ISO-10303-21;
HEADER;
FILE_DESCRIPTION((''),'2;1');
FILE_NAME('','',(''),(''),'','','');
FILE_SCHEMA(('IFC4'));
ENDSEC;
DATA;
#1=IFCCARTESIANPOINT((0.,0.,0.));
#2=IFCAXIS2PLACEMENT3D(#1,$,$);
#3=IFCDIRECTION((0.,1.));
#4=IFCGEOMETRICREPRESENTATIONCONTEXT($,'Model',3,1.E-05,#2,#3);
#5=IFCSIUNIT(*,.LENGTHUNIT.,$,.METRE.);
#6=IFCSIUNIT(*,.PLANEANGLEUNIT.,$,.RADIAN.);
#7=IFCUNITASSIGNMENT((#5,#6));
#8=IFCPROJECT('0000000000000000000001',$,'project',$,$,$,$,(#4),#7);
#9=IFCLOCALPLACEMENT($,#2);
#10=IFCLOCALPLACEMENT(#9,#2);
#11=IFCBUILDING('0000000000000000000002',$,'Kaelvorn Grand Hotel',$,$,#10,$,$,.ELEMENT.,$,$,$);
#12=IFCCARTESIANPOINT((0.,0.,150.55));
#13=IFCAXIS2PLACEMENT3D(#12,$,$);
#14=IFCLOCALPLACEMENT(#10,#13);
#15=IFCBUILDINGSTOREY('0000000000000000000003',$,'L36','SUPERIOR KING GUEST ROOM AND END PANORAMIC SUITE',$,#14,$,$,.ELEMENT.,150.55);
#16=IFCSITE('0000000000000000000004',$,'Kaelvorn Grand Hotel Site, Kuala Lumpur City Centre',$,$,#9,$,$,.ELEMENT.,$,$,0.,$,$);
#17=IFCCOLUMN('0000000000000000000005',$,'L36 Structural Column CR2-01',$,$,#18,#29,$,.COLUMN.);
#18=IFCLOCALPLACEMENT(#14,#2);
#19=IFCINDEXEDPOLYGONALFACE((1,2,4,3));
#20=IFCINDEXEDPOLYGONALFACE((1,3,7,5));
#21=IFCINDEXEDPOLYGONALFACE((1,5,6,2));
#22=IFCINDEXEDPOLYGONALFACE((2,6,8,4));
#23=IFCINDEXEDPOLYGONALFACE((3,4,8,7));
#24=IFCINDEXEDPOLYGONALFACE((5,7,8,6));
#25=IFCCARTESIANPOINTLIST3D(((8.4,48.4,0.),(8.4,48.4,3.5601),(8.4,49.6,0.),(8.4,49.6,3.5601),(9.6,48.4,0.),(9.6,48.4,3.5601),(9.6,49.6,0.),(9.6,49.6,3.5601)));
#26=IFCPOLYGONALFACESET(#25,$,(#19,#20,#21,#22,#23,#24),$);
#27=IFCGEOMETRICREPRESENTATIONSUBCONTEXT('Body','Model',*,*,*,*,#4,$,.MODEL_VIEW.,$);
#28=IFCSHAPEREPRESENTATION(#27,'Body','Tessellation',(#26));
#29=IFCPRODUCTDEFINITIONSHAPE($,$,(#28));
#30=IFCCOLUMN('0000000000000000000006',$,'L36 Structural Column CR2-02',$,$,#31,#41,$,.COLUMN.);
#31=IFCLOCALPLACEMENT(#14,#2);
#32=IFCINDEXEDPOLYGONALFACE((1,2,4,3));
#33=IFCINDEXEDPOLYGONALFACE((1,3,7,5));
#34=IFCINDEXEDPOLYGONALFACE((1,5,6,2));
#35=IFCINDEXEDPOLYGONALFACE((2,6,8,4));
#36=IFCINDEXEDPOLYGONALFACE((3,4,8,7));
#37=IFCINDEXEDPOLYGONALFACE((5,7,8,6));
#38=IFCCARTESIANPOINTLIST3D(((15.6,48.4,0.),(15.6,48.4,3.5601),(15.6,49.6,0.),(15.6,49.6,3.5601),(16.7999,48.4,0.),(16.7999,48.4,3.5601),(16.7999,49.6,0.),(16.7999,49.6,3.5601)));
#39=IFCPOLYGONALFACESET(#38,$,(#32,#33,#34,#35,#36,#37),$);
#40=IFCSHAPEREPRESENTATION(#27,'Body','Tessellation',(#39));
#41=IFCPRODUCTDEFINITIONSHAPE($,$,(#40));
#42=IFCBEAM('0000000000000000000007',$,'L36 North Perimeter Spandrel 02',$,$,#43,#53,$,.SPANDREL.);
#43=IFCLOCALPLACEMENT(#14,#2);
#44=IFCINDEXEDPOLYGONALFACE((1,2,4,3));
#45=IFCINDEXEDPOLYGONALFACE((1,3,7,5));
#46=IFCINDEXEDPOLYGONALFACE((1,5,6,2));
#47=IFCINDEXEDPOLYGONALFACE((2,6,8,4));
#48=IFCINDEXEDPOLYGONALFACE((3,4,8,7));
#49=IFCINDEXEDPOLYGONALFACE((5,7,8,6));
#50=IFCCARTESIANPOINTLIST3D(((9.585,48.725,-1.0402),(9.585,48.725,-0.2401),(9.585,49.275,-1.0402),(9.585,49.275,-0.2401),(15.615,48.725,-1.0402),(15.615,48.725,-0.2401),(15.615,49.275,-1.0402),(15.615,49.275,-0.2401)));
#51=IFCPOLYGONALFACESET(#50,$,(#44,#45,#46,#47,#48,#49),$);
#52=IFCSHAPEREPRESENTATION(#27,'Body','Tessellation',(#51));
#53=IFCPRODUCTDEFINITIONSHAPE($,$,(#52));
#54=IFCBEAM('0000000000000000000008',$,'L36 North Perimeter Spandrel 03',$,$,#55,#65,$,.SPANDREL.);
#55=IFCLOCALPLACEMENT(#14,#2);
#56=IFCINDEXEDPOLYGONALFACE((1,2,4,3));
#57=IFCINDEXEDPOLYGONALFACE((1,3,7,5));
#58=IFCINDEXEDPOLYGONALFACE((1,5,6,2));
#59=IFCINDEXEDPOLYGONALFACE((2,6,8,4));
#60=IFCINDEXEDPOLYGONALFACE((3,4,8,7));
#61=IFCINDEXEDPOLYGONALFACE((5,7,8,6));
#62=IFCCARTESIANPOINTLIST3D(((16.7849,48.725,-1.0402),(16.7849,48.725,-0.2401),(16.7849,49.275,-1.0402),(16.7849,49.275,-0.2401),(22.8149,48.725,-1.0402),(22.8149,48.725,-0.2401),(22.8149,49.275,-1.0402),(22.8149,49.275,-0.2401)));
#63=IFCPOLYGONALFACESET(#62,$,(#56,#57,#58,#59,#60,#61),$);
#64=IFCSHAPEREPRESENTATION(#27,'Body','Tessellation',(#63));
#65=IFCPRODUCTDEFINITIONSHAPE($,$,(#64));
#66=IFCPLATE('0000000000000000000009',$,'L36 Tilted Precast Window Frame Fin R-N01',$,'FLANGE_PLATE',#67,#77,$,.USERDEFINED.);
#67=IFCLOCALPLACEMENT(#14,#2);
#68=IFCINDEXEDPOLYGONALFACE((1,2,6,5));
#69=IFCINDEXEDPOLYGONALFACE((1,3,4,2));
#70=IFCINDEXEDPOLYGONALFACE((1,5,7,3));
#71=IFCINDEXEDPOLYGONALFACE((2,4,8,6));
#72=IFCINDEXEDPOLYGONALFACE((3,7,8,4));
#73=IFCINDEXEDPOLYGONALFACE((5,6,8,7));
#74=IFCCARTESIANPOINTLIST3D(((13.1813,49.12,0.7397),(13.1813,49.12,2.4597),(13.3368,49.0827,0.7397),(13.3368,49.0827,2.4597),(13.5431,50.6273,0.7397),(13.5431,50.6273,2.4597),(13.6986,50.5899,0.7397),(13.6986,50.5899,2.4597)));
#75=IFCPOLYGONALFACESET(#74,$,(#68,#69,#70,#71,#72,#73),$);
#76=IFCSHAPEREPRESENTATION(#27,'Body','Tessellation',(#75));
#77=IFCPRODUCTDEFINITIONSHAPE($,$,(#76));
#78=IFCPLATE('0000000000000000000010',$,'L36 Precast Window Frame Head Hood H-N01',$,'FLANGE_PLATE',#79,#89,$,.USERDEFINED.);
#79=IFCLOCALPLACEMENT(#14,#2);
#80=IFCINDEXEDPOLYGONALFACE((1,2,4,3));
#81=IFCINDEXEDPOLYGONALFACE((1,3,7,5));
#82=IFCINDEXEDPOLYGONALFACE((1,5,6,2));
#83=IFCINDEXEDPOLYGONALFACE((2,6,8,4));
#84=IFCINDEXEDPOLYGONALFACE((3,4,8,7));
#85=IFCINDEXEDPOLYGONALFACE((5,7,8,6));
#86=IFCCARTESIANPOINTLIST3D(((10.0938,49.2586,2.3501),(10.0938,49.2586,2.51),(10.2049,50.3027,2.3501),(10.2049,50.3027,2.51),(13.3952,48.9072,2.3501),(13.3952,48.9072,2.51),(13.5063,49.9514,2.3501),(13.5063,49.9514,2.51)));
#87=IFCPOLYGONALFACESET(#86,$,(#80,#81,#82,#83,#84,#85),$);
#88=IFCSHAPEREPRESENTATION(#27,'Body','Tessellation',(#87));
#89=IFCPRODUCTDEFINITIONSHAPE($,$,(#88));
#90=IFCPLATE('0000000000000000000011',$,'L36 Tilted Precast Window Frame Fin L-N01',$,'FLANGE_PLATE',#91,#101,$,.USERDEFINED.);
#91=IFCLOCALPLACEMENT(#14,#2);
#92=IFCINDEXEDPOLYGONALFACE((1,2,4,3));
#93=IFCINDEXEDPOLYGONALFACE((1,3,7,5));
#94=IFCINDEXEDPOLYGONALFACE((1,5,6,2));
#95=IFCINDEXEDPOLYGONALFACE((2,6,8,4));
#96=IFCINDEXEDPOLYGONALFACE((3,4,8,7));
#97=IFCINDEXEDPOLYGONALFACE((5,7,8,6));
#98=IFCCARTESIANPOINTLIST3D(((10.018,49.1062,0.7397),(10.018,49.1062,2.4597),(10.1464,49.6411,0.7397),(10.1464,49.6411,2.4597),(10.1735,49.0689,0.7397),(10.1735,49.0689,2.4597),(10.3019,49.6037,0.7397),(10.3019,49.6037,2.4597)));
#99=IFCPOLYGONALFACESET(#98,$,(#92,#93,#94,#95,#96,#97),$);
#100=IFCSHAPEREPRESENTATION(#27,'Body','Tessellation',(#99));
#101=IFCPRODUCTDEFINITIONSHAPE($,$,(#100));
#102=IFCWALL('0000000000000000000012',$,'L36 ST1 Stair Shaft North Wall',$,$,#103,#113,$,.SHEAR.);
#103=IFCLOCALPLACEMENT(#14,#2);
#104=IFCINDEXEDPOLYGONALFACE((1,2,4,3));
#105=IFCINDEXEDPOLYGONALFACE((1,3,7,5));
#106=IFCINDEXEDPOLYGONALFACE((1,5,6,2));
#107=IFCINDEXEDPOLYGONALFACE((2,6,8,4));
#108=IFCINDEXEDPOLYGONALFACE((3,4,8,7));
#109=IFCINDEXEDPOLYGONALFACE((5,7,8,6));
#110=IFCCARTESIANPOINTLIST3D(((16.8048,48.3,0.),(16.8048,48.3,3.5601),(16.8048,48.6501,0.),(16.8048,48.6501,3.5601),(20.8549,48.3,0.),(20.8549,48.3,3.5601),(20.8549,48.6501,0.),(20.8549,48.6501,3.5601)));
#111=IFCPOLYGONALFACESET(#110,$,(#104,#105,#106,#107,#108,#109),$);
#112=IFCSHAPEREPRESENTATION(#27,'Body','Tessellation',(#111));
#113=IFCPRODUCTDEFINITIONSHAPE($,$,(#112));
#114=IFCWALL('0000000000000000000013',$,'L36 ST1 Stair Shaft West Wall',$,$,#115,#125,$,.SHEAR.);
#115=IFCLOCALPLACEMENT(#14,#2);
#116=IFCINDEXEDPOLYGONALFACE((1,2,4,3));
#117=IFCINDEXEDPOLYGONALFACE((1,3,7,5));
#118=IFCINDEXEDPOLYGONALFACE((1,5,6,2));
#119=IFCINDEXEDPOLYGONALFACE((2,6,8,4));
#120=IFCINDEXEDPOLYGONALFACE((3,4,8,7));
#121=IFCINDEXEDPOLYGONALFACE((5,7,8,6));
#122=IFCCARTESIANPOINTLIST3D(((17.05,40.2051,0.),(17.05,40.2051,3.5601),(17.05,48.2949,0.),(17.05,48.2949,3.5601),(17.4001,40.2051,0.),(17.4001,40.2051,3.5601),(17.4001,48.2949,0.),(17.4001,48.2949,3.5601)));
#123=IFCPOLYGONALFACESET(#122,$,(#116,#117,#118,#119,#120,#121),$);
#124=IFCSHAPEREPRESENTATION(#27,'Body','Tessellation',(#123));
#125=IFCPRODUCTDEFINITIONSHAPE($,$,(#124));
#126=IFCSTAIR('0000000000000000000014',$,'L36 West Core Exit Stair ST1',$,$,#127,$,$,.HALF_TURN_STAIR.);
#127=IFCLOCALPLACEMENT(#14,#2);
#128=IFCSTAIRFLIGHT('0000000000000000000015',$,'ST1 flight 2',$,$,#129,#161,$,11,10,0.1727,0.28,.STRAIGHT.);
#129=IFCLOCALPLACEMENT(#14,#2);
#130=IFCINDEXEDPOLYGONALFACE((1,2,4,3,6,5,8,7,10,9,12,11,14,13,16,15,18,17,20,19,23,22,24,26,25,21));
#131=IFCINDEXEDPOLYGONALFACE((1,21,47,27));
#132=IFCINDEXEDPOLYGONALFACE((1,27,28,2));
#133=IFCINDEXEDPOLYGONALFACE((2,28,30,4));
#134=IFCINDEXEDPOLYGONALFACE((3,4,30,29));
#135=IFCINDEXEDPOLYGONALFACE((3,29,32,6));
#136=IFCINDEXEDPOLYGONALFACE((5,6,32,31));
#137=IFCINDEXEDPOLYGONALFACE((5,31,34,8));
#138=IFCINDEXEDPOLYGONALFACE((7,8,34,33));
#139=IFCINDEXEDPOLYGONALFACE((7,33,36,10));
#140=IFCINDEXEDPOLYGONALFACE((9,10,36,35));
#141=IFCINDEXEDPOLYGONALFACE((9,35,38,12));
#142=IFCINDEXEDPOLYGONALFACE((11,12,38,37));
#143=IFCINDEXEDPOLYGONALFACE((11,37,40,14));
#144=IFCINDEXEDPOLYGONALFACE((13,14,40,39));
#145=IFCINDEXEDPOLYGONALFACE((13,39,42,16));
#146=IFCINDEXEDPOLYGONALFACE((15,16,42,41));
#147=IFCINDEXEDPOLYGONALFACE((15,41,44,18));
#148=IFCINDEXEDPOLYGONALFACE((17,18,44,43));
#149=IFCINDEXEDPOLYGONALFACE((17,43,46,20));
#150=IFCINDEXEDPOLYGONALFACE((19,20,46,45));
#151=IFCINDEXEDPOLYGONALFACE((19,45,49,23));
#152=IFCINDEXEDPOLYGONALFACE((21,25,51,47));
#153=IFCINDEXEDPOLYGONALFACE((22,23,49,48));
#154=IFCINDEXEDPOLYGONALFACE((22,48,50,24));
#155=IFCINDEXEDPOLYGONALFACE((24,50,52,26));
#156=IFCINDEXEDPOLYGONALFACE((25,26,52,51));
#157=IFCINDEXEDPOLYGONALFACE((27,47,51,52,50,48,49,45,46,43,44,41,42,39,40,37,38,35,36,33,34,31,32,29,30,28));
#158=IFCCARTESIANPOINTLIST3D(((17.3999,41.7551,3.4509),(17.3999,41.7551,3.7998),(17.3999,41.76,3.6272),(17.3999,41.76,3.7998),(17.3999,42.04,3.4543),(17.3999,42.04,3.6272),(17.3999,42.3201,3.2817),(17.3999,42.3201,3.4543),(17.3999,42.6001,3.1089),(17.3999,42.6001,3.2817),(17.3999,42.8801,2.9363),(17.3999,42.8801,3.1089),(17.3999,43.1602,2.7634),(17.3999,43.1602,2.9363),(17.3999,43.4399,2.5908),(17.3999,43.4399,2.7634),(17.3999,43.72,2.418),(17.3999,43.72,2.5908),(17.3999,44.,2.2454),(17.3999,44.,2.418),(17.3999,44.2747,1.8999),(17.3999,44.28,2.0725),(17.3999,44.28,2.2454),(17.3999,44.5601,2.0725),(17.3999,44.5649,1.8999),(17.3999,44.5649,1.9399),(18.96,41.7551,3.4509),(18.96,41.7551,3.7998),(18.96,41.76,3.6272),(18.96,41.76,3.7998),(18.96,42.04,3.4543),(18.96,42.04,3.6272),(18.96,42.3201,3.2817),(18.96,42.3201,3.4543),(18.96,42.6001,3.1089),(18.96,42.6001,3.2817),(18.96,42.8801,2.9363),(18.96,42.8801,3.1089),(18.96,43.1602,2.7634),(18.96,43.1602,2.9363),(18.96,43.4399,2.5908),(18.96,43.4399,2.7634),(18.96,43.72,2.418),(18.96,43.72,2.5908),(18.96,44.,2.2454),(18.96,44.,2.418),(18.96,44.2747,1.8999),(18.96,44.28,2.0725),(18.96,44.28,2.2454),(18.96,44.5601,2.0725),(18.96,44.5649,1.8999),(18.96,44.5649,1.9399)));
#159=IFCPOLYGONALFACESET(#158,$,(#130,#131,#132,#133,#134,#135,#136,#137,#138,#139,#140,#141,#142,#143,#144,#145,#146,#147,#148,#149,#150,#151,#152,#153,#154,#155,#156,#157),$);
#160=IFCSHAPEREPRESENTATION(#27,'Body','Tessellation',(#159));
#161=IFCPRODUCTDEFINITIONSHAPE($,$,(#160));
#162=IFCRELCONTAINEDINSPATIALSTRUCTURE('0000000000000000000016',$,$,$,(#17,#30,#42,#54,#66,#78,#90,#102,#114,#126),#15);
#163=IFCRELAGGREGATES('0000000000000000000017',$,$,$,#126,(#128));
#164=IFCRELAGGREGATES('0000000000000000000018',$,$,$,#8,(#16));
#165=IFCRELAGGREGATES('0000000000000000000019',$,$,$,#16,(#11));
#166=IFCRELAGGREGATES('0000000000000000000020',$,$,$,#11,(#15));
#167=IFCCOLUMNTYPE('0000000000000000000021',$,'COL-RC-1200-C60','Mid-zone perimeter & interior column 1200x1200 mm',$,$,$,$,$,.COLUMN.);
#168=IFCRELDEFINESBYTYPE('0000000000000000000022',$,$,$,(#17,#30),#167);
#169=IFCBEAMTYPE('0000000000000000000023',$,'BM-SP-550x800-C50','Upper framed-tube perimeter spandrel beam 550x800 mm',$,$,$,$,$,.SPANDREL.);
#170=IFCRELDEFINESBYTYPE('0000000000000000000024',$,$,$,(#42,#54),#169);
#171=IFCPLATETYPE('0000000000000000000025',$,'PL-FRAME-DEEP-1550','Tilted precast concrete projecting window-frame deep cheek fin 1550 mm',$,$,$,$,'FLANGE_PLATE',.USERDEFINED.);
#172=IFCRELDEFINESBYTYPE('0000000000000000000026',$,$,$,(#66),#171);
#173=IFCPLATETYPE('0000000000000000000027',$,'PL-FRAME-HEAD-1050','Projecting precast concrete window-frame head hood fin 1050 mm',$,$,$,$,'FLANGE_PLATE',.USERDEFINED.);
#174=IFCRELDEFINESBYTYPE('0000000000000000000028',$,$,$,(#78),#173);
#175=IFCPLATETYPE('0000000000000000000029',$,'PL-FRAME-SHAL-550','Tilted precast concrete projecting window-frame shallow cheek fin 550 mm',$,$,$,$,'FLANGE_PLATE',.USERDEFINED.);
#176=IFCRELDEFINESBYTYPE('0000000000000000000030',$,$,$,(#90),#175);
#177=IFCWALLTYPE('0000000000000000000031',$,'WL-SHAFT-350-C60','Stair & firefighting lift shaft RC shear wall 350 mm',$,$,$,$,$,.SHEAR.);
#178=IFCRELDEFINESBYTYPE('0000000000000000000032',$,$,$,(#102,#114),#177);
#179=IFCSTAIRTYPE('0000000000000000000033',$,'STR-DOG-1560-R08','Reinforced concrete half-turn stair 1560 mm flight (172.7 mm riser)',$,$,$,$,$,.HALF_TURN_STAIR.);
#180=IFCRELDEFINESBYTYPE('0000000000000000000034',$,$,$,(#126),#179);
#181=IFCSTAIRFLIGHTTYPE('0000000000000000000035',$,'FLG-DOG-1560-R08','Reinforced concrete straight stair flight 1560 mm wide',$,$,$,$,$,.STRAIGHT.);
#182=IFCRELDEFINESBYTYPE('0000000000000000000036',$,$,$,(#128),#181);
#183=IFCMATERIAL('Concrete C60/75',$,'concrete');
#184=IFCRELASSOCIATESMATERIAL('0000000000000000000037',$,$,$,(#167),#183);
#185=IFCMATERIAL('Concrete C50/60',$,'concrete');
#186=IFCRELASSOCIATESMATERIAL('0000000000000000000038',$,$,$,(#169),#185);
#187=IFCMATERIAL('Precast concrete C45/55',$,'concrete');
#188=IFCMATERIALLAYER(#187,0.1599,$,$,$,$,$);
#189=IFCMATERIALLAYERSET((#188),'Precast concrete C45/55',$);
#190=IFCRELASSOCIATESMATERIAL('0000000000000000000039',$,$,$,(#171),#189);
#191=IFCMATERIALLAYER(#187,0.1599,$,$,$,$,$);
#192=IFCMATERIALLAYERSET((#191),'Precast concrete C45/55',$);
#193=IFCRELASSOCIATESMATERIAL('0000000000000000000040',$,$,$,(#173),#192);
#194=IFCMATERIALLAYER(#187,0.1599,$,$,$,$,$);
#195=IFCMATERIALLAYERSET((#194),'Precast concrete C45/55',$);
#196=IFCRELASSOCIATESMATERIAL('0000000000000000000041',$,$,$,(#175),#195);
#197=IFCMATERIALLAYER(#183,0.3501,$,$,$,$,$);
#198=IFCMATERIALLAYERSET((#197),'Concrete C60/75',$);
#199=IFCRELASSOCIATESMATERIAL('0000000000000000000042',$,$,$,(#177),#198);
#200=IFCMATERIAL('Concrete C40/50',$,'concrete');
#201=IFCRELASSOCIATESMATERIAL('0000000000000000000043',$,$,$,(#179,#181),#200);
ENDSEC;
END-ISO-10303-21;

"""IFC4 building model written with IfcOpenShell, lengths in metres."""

from ifc_helpers import new_model, si_unit, direction, frame, frame_2d, origin, origin_2d, place, context, subcontext, project, spatial, polyline, rectangle, outline, extrude, material, layer, layer_set, material_profile, profile_set, type_object, element, aggregate, save


model = new_model("IFC4")

# Units and contexts
model_context = context("Model", 3, precision=1e-05, world=origin(), true_north=direction((0.0, 1.0)))
body_context = subcontext(model_context, "Body", "Model", "MODEL_VIEW")
ifc_project = project(units=[si_unit("LENGTHUNIT", "METRE"), si_unit("PLANEANGLEUNIT", "RADIAN")], contexts=[model_context])

# Site, building, storey
site_placement = place(None, origin())
site = spatial("IfcSite", under=ifc_project, at=site_placement, Name="Kaelvorn Grand Hotel Site, Kuala Lumpur City Centre", CompositionType="ELEMENT", RefElevation=0.0)
building_placement = place(site_placement, origin())
building = spatial("IfcBuilding", under=site, at=building_placement, Name="Kaelvorn Grand Hotel", CompositionType="ELEMENT")
storey_placement = place(building_placement, frame((0.0, 0.0, 150.55)))
storey = spatial("IfcBuildingStorey", under=building, at=storey_placement, Name="L36", Description="SUPERIOR KING GUEST ROOM AND END PANORAMIC SUITE", CompositionType="ELEMENT", Elevation=150.55)

# Columns
ifc_material_1 = material(Name="Concrete C60/75", Category="concrete")
ifc_material_profile_1 = material_profile(ifc_material_1, rectangle(XDim=1.2, YDim=1.2, at=origin_2d()), Name="RC COL 1200x1200")
ifc_profile_set_1 = profile_set([ifc_material_profile_1], Name="Concrete C60/75")
column_type = type_object("IfcColumnType", Name="COL-RC-1200-C60", Description="Mid-zone perimeter & interior column 1200x1200 mm", PredefinedType="COLUMN", material=ifc_profile_set_1)
for number, where, z_axis, x_axis, name in (
    (1, (9.0, 49.0, 0.0), (0.0, 0.0, 1.0), (1.0, 0.0, 0.0), "L36 Structural Column CR2-01"),
    (2, (16.2, 49.0, 0.0), (0.0, 0.0, 1.0), (1.0, 0.0, 0.0), "L36 Structural Column CR2-02"),
):
    element("IfcColumn", number, at=place(storey_placement, frame(where, z_axis=z_axis, x_axis=x_axis)), inside=storey, type_object=column_type, Name=name, PredefinedType="COLUMN", context=body_context, shape_type="SweptSolid", body=[
        extrude(rectangle(XDim=1.2, YDim=1.2, at=origin_2d()), origin(), (0.0, 0.0, 1.0), 3.5601),
    ])

# Beams
ifc_material_2 = material(Name="Concrete C50/60", Category="concrete")
ifc_material_profile_2 = material_profile(ifc_material_2, rectangle(XDim=0.55, YDim=0.8, at=origin_2d()), Name="RC SPANDREL 550x800")
ifc_profile_set_2 = profile_set([ifc_material_profile_2], Name="Concrete C50/60")
beam_type = type_object("IfcBeamType", Name="BM-SP-550x800-C50", Description="Upper framed-tube perimeter spandrel beam 550x800 mm", PredefinedType="SPANDREL", material=ifc_profile_set_2)
for number, where, z_axis, x_axis, name in (
    (3, (9.585, 49.0, -0.6401), (1.0, 0.0, 0.0), (0.0, 1.0, 0.0), "L36 North Perimeter Spandrel 02"),
    (4, (16.7849, 49.0, -0.6401), (1.0, 0.0, 0.0), (0.0, 1.0, 0.0), "L36 North Perimeter Spandrel 03"),
):
    element("IfcBeam", number, at=place(storey_placement, frame(where, z_axis=z_axis, x_axis=x_axis)), inside=storey, type_object=beam_type, Name=name, PredefinedType="SPANDREL", context=body_context, shape_type="SweptSolid", body=[
        extrude(rectangle(XDim=0.55, YDim=0.8, at=origin_2d()), origin(), (0.0, 0.0, 1.0), 6.03),
    ])

# Plates
ifc_material_3 = material(Name="Precast concrete C45/55", Category="concrete")
ifc_layer_1 = layer(ifc_material_3, 0.1599)
ifc_layer_set_1 = layer_set([ifc_layer_1], Name="Precast concrete C45/55")
plate_type_1 = type_object("IfcPlateType", Name="PL-FRAME-DEEP-1550", Description="Tilted precast concrete projecting window-frame deep cheek fin 1550 mm", ElementType="FLANGE_PLATE", PredefinedType="USERDEFINED", material=ifc_layer_set_1)
plate_1_placement = place(storey_placement, frame((13.4399, 49.855, 0.7397), z_axis=(0.0, 0.0, 1.0), x_axis=(0.97237, -0.233445, 0.0)))
element("IfcPlate", 5, at=plate_1_placement, inside=storey, type_object=plate_type_1, Name="L36 Tilted Precast Window Frame Fin R-N01", ObjectType="FLANGE_PLATE", PredefinedType="USERDEFINED", context=body_context, shape_type="SweptSolid", body=[
    extrude(rectangle(XDim=0.1599, YDim=1.55, at=origin_2d()), origin(), (0.0, 0.0, 1.0), 1.72),
])
ifc_layer_2 = layer(ifc_material_3, 0.1599)
ifc_layer_set_2 = layer_set([ifc_layer_2], Name="Precast concrete C45/55")
plate_type_2 = type_object("IfcPlateType", Name="PL-FRAME-HEAD-1050", Description="Projecting precast concrete window-frame head hood fin 1050 mm", ElementType="FLANGE_PLATE", PredefinedType="USERDEFINED", material=ifc_layer_set_2)
plate_2_placement = place(storey_placement, frame((11.8, 49.605, 2.3501), z_axis=(0.0, 0.0, 1.0), x_axis=(0.994384, -0.10583, 0.0)))
element("IfcPlate", 6, at=plate_2_placement, inside=storey, type_object=plate_type_2, Name="L36 Precast Window Frame Head Hood H-N01", ObjectType="FLANGE_PLATE", PredefinedType="USERDEFINED", context=body_context, shape_type="SweptSolid", body=[
    extrude(rectangle(XDim=3.3201, YDim=1.05, at=origin_2d()), origin(), (0.0, 0.0, 1.0), 0.1599),
])
ifc_layer_3 = layer(ifc_material_3, 0.1599)
ifc_layer_set_3 = layer_set([ifc_layer_3], Name="Precast concrete C45/55")
plate_type_3 = type_object("IfcPlateType", Name="PL-FRAME-SHAL-550", Description="Tilted precast concrete projecting window-frame shallow cheek fin 550 mm", ElementType="FLANGE_PLATE", PredefinedType="USERDEFINED", material=ifc_layer_set_3)
plate_3_placement = place(storey_placement, frame((10.1599, 49.355, 0.7397), z_axis=(0.0, 0.0, 1.0), x_axis=(0.97237, -0.233445, 0.0)))
element("IfcPlate", 7, at=plate_3_placement, inside=storey, type_object=plate_type_3, Name="L36 Tilted Precast Window Frame Fin L-N01", ObjectType="FLANGE_PLATE", PredefinedType="USERDEFINED", context=body_context, shape_type="SweptSolid", body=[
    extrude(rectangle(XDim=0.1599, YDim=0.55, at=origin_2d()), origin(), (0.0, 0.0, 1.0), 1.72),
])

# Shared definitions
ifc_layer_4 = layer(ifc_material_1, 0.3501)
ifc_layer_set_4 = layer_set([ifc_layer_4], Name="Concrete C60/75")
wall_type = type_object("IfcWallType", Name="WL-SHAFT-350-C60", Description="Stair & firefighting lift shaft RC shear wall 350 mm", PredefinedType="SHEAR", material=ifc_layer_set_4)

# Walls
wall_1_placement = place(storey_placement, frame((16.8049, 48.4751, 0.0), z_axis=(0.0, 0.0, 1.0), x_axis=(1.0, 0.0, 0.0)))
element("IfcWall", 8, at=wall_1_placement, inside=storey, type_object=wall_type, Name="L36 ST1 Stair Shaft North Wall", PredefinedType="SHEAR", context=body_context, shape_type="SweptSolid", body=[
    extrude(rectangle(XDim=4.05, YDim=0.3501, at=frame_2d((2.0249, 0.0))), origin(), (0.0, 0.0, 1.0), 3.5601),
])
wall_2_placement = place(storey_placement, frame((17.2251, 40.2051, 0.0), z_axis=(0.0, 0.0, 1.0), x_axis=(0.0, 1.0, 0.0)))
element("IfcWall", 9, at=wall_2_placement, inside=storey, type_object=wall_type, Name="L36 ST1 Stair Shaft West Wall", PredefinedType="SHEAR", context=body_context, shape_type="SweptSolid", body=[
    extrude(rectangle(XDim=8.0898, YDim=0.3501, at=frame_2d((4.0449, 0.0))), origin(), (0.0, 0.0, 1.0), 3.5601),
])

# Stair, stair flight
ifc_material_4 = material(Name="Concrete C40/50", Category="concrete")
stair_type = type_object("IfcStairType", Name="STR-DOG-1560-R08", Description="Reinforced concrete half-turn stair 1560 mm flight (172.7 mm riser)", PredefinedType="HALF_TURN_STAIR", material=ifc_material_4)
stair_placement = place(storey_placement, origin())
stair = element("IfcStair", 10, at=stair_placement, inside=storey, type_object=stair_type, Name="L36 West Core Exit Stair ST1", PredefinedType="HALF_TURN_STAIR")
stair_flight_type = type_object("IfcStairFlightType", Name="FLG-DOG-1560-R08", Description="Reinforced concrete straight stair flight 1560 mm wide", PredefinedType="STRAIGHT", material=ifc_material_4)
stair_flight_placement = place(storey_placement, frame((18.1799, 44.5601, 1.8999), z_axis=(0.0, 0.0, 1.0), x_axis=(0.0, -1.0, 0.0)))
stair_flight = element("IfcStairFlight", 11, at=stair_flight_placement, type_object=stair_flight_type, Name="ST1 flight 2", NumberOfRisers=11, NumberOfTreads=10, PredefinedType="STRAIGHT", RiserHeight=0.1727, TreadLength=0.28, context=body_context, shape_type="SweptSolid", body=[
    extrude(outline(polyline([(-0.0049, 0.0), (-0.0049, 0.04), (0.0, 0.1726), (0.28, 0.1726), (0.28, 0.3455), (0.5601, 0.3455), (0.5601, 0.5181), (0.8401, 0.5181), (0.8401, 0.6909), (1.1201, 0.6909), (1.1201, 0.8635), (1.3999, 0.8635), (1.3999, 1.0364), (1.6799, 1.0364), (1.6799, 1.209), (1.96, 1.209), (1.96, 1.3818), (2.24, 1.3818), (2.24, 1.5544), (2.52, 1.5544), (2.52, 1.7273), (2.8, 1.7273), (2.8, 1.8999), (2.8049, 1.8999), (2.8049, 1.551), (0.2854, 0.0), (-0.0049, 0.0)])), frame((0.0, 0.78, 0.0), z_axis=(0.0, -1.0, 0.0), x_axis=(1.0, 0.0, 0.0)), (0.0, 0.0, 1.0), 1.5601),
])
aggregate(stair, [stair_flight])

save(model, "model.ifc")
